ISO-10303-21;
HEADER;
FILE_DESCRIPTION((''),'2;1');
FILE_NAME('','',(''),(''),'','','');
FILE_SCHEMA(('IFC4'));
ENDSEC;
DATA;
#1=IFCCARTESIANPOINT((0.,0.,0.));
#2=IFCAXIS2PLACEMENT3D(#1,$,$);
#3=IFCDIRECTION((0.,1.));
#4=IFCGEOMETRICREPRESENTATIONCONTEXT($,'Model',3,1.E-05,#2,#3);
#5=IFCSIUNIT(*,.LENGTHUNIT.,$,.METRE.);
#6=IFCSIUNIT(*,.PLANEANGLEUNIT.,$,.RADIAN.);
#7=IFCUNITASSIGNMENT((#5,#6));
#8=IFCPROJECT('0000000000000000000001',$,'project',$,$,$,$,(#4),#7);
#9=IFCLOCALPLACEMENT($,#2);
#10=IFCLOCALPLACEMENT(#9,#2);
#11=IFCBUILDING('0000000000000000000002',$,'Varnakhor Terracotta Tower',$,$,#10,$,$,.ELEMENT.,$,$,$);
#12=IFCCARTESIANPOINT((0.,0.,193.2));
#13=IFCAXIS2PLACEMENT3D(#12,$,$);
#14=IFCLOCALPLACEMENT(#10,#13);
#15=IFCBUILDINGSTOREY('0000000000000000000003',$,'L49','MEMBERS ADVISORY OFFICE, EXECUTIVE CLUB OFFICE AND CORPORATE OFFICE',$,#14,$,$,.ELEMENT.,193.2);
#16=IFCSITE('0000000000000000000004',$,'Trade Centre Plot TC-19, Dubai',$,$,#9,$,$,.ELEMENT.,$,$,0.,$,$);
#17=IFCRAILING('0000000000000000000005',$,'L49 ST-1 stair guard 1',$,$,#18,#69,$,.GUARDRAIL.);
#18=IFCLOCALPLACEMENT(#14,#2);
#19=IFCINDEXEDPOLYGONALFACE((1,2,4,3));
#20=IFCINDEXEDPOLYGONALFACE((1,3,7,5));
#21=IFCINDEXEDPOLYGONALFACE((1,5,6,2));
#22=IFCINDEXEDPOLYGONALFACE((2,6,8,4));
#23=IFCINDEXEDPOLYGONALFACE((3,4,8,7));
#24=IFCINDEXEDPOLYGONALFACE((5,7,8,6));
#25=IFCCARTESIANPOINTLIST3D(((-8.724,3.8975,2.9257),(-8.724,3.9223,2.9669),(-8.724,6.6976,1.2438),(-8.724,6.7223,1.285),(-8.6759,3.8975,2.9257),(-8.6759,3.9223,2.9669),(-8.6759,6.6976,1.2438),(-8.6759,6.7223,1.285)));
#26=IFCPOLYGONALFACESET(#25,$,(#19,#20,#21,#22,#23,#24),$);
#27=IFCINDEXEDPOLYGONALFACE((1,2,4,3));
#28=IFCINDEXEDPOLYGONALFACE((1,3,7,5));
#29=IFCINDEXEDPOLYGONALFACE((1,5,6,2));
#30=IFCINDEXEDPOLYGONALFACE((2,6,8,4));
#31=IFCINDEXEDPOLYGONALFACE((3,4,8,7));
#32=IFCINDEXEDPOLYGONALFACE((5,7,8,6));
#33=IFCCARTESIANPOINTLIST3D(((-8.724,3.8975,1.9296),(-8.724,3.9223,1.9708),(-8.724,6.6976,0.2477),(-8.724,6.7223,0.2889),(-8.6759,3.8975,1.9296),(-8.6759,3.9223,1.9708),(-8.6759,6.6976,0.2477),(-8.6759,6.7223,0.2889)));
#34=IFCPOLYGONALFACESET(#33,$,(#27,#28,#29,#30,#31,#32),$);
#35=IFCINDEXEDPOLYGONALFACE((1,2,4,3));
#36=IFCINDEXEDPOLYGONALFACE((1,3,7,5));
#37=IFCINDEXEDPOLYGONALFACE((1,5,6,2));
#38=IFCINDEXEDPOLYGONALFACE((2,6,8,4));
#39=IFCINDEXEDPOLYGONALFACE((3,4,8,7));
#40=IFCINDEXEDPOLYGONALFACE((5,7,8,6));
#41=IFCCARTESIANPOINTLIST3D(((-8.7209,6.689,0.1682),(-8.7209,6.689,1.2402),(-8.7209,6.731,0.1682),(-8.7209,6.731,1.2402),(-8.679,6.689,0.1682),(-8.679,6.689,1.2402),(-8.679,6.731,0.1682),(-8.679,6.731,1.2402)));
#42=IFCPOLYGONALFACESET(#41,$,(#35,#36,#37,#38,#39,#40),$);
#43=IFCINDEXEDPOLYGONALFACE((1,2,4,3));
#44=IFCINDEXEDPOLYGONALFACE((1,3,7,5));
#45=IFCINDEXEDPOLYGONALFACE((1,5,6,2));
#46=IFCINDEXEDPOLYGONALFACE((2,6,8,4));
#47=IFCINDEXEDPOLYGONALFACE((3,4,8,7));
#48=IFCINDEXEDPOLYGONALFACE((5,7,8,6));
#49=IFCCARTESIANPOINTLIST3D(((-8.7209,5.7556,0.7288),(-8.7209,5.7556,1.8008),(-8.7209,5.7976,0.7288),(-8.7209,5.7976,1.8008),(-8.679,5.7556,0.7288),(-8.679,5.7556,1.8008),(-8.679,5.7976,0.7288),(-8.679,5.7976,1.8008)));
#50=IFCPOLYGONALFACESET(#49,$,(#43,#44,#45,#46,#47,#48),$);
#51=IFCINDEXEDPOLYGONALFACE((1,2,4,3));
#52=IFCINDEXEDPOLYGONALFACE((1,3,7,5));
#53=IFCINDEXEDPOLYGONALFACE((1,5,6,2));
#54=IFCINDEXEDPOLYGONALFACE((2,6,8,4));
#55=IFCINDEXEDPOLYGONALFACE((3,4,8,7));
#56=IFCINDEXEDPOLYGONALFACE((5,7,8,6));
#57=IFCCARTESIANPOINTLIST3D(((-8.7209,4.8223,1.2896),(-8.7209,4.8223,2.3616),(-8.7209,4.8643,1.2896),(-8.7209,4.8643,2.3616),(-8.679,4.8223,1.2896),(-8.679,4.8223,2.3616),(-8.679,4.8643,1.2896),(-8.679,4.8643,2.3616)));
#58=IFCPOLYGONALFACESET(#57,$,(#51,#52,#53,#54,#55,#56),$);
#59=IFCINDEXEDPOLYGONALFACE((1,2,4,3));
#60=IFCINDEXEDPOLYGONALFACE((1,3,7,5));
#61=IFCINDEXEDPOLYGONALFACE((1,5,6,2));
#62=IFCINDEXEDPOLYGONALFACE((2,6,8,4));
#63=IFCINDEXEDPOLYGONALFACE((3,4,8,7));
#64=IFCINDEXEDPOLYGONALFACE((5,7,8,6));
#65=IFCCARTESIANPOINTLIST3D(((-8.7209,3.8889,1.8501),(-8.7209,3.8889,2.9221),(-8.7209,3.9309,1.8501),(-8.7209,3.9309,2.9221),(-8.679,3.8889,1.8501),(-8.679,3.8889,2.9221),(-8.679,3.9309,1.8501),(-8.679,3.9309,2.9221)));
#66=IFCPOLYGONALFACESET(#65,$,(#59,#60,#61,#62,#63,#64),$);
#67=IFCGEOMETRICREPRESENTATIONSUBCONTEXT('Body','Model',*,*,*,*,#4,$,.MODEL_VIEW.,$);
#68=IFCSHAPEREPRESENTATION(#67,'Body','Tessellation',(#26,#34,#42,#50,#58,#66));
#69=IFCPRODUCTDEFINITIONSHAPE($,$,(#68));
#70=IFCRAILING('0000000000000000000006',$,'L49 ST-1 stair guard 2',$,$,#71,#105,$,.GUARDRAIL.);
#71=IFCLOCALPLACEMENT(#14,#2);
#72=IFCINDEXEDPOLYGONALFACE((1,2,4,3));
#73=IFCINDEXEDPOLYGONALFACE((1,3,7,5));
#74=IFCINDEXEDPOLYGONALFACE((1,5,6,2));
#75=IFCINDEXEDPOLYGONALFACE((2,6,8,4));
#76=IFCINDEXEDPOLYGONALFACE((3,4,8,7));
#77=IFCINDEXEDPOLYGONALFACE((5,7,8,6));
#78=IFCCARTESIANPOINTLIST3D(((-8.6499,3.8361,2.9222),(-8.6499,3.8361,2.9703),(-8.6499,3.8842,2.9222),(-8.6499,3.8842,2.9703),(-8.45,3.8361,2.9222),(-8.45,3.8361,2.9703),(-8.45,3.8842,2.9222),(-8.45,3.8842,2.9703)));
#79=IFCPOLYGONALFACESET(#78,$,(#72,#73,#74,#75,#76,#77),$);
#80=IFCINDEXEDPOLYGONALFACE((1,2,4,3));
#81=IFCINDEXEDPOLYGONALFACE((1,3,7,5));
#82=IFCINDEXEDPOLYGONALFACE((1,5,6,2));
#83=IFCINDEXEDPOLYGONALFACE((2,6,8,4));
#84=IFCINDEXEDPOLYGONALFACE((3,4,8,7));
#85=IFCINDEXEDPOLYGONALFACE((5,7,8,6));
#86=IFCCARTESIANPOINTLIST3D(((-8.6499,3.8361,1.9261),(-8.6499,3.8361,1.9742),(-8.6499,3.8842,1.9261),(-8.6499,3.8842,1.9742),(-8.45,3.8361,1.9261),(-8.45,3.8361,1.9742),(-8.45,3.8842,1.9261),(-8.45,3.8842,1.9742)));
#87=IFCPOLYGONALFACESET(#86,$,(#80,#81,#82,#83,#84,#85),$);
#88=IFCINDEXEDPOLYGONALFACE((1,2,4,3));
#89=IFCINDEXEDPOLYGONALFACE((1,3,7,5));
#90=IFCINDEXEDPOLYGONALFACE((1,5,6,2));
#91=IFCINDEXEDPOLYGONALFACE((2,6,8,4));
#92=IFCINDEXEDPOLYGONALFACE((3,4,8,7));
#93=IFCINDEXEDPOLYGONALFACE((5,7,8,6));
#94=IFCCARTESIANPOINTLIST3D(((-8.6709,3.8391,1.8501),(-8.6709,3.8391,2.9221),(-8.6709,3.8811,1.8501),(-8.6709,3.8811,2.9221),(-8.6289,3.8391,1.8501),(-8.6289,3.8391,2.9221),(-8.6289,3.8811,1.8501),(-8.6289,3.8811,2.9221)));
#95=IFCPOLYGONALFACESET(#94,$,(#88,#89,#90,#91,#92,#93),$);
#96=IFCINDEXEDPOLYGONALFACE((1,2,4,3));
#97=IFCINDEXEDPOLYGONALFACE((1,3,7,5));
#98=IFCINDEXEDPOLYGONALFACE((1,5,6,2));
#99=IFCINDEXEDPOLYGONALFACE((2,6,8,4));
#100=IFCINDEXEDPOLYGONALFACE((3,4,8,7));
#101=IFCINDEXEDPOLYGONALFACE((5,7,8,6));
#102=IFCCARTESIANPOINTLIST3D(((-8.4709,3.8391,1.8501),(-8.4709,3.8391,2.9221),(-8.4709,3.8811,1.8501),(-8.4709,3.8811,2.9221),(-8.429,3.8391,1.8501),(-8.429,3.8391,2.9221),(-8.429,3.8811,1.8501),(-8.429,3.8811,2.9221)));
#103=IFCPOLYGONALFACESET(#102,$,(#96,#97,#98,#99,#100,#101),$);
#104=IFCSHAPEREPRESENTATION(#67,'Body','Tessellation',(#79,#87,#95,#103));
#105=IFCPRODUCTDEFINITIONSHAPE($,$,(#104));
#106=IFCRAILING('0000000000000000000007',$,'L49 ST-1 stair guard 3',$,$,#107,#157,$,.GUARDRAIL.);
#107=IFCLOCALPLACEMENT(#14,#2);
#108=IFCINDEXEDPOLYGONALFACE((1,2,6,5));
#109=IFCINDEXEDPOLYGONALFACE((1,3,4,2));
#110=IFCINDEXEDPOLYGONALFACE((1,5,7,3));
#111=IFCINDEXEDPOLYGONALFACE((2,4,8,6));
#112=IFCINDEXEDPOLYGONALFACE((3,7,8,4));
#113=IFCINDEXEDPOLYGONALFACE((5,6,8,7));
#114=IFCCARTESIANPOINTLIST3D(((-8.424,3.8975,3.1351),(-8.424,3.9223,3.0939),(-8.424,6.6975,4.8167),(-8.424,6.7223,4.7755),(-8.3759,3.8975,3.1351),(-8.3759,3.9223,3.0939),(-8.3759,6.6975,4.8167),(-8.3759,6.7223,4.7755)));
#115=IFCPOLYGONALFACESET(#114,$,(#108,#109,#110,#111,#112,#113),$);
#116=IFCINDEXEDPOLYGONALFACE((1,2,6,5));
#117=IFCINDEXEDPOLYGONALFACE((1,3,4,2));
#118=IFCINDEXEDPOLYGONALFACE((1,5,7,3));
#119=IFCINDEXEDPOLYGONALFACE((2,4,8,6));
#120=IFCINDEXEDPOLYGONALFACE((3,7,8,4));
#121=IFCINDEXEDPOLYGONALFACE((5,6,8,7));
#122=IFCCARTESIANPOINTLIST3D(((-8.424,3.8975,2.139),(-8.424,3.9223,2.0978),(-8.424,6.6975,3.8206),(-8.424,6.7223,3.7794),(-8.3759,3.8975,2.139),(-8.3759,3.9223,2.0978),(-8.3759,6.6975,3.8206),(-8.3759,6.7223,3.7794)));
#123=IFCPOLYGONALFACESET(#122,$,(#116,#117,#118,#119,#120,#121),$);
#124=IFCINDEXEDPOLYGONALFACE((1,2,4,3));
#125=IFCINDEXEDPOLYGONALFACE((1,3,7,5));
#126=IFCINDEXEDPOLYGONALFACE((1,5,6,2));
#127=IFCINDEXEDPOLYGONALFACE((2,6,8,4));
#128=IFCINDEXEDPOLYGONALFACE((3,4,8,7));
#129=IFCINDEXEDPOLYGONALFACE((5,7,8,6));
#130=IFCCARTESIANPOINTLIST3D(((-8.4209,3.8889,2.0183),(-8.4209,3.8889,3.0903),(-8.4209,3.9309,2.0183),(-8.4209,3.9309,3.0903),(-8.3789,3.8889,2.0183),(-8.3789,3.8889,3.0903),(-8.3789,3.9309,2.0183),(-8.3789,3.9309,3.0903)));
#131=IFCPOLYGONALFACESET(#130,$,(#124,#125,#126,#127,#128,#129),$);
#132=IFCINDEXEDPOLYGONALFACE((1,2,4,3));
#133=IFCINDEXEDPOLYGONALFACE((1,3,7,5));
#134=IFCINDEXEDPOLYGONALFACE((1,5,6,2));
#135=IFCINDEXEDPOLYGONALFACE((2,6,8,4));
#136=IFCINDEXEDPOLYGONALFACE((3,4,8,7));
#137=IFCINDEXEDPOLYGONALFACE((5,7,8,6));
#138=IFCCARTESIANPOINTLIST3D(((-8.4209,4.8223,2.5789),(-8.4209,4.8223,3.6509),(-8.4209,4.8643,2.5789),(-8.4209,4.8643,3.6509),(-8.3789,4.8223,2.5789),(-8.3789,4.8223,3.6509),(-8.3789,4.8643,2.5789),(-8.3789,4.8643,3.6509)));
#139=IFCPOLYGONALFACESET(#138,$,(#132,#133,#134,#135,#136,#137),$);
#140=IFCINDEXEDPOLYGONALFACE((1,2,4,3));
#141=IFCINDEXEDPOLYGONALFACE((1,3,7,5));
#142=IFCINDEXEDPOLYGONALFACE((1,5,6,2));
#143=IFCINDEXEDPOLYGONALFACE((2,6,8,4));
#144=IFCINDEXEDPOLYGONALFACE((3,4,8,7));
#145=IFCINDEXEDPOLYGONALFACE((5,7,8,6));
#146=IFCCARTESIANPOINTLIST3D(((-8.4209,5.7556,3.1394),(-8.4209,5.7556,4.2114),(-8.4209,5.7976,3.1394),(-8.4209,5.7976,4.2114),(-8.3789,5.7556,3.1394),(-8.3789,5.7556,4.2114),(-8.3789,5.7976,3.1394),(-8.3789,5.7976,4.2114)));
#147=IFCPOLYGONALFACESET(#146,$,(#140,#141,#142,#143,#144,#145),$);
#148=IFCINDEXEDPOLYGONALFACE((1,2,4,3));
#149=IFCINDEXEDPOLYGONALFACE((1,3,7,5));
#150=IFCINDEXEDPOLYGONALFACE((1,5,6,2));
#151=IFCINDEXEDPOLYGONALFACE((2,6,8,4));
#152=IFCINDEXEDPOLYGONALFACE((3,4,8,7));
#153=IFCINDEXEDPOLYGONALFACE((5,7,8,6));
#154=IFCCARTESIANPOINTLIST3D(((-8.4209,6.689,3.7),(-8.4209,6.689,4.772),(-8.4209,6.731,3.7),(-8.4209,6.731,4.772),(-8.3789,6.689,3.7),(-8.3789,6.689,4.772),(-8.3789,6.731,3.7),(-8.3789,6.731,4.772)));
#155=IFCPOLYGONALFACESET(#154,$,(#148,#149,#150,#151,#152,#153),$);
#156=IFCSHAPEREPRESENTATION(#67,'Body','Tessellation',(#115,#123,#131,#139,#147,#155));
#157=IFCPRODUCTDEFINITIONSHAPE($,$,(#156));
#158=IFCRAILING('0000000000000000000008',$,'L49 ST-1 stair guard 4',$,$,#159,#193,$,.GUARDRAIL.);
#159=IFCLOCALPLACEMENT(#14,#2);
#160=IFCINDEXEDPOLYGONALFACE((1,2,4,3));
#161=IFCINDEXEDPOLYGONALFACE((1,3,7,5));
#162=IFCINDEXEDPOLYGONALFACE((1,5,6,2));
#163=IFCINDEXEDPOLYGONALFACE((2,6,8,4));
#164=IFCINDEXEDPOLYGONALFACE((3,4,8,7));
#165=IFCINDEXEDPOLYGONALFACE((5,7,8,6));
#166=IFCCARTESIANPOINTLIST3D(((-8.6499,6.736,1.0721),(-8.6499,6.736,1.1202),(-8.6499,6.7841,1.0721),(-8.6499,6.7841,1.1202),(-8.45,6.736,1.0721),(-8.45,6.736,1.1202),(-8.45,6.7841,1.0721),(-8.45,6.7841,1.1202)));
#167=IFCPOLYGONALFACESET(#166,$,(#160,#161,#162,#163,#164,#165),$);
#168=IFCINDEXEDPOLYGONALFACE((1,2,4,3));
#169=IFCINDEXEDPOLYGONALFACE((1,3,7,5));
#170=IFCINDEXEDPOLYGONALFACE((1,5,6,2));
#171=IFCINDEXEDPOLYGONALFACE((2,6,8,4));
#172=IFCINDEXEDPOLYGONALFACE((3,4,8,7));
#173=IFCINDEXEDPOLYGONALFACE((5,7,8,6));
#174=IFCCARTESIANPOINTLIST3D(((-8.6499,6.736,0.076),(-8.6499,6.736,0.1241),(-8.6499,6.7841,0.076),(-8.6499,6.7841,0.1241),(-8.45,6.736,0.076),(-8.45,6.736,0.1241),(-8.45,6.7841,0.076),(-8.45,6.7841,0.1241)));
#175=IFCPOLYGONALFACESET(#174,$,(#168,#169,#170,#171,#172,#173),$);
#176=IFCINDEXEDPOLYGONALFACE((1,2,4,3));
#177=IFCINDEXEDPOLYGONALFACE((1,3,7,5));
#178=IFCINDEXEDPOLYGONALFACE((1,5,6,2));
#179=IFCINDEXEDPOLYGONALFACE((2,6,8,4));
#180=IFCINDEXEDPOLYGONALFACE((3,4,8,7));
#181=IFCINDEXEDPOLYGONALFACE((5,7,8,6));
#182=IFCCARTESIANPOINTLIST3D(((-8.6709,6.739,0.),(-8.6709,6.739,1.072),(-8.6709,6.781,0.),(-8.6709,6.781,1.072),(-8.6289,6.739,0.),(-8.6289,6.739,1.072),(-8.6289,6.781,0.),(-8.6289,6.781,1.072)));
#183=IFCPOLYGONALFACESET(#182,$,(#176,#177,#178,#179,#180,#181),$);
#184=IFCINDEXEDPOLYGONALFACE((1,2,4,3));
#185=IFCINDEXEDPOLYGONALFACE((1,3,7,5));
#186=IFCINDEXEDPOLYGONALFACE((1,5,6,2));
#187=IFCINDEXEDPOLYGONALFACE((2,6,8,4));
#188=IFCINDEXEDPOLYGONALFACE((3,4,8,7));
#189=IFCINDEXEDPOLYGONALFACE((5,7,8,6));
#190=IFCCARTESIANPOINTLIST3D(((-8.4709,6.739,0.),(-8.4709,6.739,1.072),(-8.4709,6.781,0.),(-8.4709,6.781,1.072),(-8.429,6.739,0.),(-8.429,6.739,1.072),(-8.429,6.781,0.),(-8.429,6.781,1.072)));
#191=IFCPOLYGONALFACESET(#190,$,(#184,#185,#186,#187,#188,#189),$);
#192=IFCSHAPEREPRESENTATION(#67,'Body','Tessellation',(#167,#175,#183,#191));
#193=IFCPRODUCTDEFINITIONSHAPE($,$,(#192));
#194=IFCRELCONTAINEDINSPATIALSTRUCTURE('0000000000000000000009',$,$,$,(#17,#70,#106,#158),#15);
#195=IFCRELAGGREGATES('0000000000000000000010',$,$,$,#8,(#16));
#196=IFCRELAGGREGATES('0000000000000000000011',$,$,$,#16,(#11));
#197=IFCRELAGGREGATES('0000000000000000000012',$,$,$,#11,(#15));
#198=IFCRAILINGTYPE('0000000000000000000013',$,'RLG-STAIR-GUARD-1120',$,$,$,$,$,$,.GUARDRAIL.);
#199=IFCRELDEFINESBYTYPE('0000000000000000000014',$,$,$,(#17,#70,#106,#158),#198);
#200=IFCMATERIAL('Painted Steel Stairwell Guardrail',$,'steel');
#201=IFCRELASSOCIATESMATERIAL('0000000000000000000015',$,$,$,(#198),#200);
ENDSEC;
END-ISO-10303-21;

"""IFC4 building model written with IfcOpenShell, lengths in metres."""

from ifc_helpers import new_model, si_unit, direction, frame, origin, origin_2d, place, context, subcontext, project, spatial, rectangle, extrude, material, type_object, element, save


model = new_model("IFC4")

# Units and contexts
model_context = context("Model", 3, precision=1e-05, world=origin(), true_north=direction((0.0, 1.0)))
body_context = subcontext(model_context, "Body", "Model", "MODEL_VIEW")
ifc_project = project(units=[si_unit("LENGTHUNIT", "METRE"), si_unit("PLANEANGLEUNIT", "RADIAN")], contexts=[model_context])

# Site, building, storey
site_placement = place(None, origin())
site = spatial("IfcSite", under=ifc_project, at=site_placement, Name="Trade Centre Plot TC-19, Dubai", CompositionType="ELEMENT", RefElevation=0.0)
building_placement = place(site_placement, origin())
building = spatial("IfcBuilding", under=site, at=building_placement, Name="Varnakhor Terracotta Tower", CompositionType="ELEMENT")
storey_placement = place(building_placement, frame((0.0, 0.0, 193.2)))
storey = spatial("IfcBuildingStorey", under=building, at=storey_placement, Name="L49", Description="MEMBERS ADVISORY OFFICE, EXECUTIVE CLUB OFFICE AND CORPORATE OFFICE", CompositionType="ELEMENT", Elevation=193.2)

# Railings
ifc_material_1 = material(Name="Painted Steel Stairwell Guardrail", Category="steel")
railing_type_1 = type_object("IfcRailingType", Name="RLG-STAIR-GUARD-1120", PredefinedType="GUARDRAIL", material=ifc_material_1)
railing_1_placement = place(storey_placement, frame((-8.7, 6.71, 0.1682)))
element("IfcRailing", 1, at=railing_1_placement, inside=storey, type_object=railing_type_1, Name="L49 ST-1 stair guard 1", PredefinedType="GUARDRAIL", context=body_context, shape_type="SweptSolid", body=[
    extrude(rectangle(XDim=0.0481, YDim=0.0481, at=origin_2d()), frame((0.0, 0.0, 1.0962), z_axis=(0.0, -0.857242, 0.514913), x_axis=(1.0, 0.0, 0.0)), (0.0, 0.0, 1.0), 3.2664),
    extrude(rectangle(XDim=0.0481, YDim=0.0481, at=origin_2d()), frame((0.0, 0.0, 0.1001), z_axis=(0.0, -0.857242, 0.514913), x_axis=(1.0, 0.0, 0.0)), (0.0, 0.0, 1.0), 3.2664),
    extrude(rectangle(XDim=0.042, YDim=0.042, at=origin_2d()), origin(), (0.0, 0.0, 1.0), 1.072),
    extrude(rectangle(XDim=0.042, YDim=0.042, at=origin_2d()), frame((0.0, -0.9333, 0.5605)), (0.0, 0.0, 1.0), 1.072),
    extrude(rectangle(XDim=0.042, YDim=0.042, at=origin_2d()), frame((0.0, -1.8667, 1.1213)), (0.0, 0.0, 1.0), 1.072),
    extrude(rectangle(XDim=0.042, YDim=0.042, at=origin_2d()), frame((0.0, -2.8, 1.6819)), (0.0, 0.0, 1.0), 1.072),
])
railing_2_placement = place(storey_placement, frame((-8.6499, 3.8601, 1.8501)))
element("IfcRailing", 2, at=railing_2_placement, inside=storey, type_object=railing_type_1, Name="L49 ST-1 stair guard 2", PredefinedType="GUARDRAIL", context=body_context, shape_type="SweptSolid", body=[
    extrude(rectangle(XDim=0.0481, YDim=0.0481, at=origin_2d()), frame((0.0, 0.0, 1.0962), z_axis=(1.0, 0.0, 0.0), x_axis=(0.0, 1.0, 0.0)), (0.0, 0.0, 1.0), 0.2),
    extrude(rectangle(XDim=0.0481, YDim=0.0481, at=origin_2d()), frame((0.0, 0.0, 0.1001), z_axis=(1.0, 0.0, 0.0), x_axis=(0.0, 1.0, 0.0)), (0.0, 0.0, 1.0), 0.2),
    extrude(rectangle(XDim=0.042, YDim=0.042, at=origin_2d()), origin(), (0.0, 0.0, 1.0), 1.072),
    extrude(rectangle(XDim=0.042, YDim=0.042, at=origin_2d()), frame((0.2, 0.0, 0.0)), (0.0, 0.0, 1.0), 1.072),
])
railing_3_placement = place(storey_placement, frame((-8.3999, 3.9099, 2.0183)))
element("IfcRailing", 3, at=railing_3_placement, inside=storey, type_object=railing_type_1, Name="L49 ST-1 stair guard 3", PredefinedType="GUARDRAIL", context=body_context, shape_type="SweptSolid", body=[
    extrude(rectangle(XDim=0.0481, YDim=0.0481, at=origin_2d()), frame((0.0, 0.0, 1.0962), z_axis=(0.0, 0.857275, 0.514858), x_axis=(-1.0, 0.0, 0.0)), (0.0, 0.0, 1.0), 3.2661),
    extrude(rectangle(XDim=0.0481, YDim=0.0481, at=origin_2d()), frame((0.0, 0.0, 0.1001), z_axis=(0.0, 0.857275, 0.514858), x_axis=(-1.0, 0.0, 0.0)), (0.0, 0.0, 1.0), 3.2661),
    extrude(rectangle(XDim=0.042, YDim=0.042, at=origin_2d()), origin(), (0.0, 0.0, 1.0), 1.072),
    extrude(rectangle(XDim=0.042, YDim=0.042, at=origin_2d()), frame((0.0, 0.9333, 0.5605)), (0.0, 0.0, 1.0), 1.072),
    extrude(rectangle(XDim=0.042, YDim=0.042, at=origin_2d()), frame((0.0, 1.8667, 1.1211)), (0.0, 0.0, 1.0), 1.072),
    extrude(rectangle(XDim=0.042, YDim=0.042, at=origin_2d()), frame((0.0, 2.8, 1.6816)), (0.0, 0.0, 1.0), 1.072),
])
railing_4_placement = place(storey_placement, frame((-8.6499, 6.76, 0.0)))
element("IfcRailing", 4, at=railing_4_placement, inside=storey, type_object=railing_type_1, Name="L49 ST-1 stair guard 4", PredefinedType="GUARDRAIL", context=body_context, shape_type="SweptSolid", body=[
    extrude(rectangle(XDim=0.0481, YDim=0.0481, at=origin_2d()), frame((0.0, 0.0, 1.0962), z_axis=(1.0, 0.0, 0.0), x_axis=(0.0, 1.0, 0.0)), (0.0, 0.0, 1.0), 0.2),
    extrude(rectangle(XDim=0.0481, YDim=0.0481, at=origin_2d()), frame((0.0, 0.0, 0.1001), z_axis=(1.0, 0.0, 0.0), x_axis=(0.0, 1.0, 0.0)), (0.0, 0.0, 1.0), 0.2),
    extrude(rectangle(XDim=0.042, YDim=0.042, at=origin_2d()), origin(), (0.0, 0.0, 1.0), 1.072),
    extrude(rectangle(XDim=0.042, YDim=0.042, at=origin_2d()), frame((0.2, 0.0, 0.0)), (0.0, 0.0, 1.0), 1.072),
])

save(model, "model.ifc")
